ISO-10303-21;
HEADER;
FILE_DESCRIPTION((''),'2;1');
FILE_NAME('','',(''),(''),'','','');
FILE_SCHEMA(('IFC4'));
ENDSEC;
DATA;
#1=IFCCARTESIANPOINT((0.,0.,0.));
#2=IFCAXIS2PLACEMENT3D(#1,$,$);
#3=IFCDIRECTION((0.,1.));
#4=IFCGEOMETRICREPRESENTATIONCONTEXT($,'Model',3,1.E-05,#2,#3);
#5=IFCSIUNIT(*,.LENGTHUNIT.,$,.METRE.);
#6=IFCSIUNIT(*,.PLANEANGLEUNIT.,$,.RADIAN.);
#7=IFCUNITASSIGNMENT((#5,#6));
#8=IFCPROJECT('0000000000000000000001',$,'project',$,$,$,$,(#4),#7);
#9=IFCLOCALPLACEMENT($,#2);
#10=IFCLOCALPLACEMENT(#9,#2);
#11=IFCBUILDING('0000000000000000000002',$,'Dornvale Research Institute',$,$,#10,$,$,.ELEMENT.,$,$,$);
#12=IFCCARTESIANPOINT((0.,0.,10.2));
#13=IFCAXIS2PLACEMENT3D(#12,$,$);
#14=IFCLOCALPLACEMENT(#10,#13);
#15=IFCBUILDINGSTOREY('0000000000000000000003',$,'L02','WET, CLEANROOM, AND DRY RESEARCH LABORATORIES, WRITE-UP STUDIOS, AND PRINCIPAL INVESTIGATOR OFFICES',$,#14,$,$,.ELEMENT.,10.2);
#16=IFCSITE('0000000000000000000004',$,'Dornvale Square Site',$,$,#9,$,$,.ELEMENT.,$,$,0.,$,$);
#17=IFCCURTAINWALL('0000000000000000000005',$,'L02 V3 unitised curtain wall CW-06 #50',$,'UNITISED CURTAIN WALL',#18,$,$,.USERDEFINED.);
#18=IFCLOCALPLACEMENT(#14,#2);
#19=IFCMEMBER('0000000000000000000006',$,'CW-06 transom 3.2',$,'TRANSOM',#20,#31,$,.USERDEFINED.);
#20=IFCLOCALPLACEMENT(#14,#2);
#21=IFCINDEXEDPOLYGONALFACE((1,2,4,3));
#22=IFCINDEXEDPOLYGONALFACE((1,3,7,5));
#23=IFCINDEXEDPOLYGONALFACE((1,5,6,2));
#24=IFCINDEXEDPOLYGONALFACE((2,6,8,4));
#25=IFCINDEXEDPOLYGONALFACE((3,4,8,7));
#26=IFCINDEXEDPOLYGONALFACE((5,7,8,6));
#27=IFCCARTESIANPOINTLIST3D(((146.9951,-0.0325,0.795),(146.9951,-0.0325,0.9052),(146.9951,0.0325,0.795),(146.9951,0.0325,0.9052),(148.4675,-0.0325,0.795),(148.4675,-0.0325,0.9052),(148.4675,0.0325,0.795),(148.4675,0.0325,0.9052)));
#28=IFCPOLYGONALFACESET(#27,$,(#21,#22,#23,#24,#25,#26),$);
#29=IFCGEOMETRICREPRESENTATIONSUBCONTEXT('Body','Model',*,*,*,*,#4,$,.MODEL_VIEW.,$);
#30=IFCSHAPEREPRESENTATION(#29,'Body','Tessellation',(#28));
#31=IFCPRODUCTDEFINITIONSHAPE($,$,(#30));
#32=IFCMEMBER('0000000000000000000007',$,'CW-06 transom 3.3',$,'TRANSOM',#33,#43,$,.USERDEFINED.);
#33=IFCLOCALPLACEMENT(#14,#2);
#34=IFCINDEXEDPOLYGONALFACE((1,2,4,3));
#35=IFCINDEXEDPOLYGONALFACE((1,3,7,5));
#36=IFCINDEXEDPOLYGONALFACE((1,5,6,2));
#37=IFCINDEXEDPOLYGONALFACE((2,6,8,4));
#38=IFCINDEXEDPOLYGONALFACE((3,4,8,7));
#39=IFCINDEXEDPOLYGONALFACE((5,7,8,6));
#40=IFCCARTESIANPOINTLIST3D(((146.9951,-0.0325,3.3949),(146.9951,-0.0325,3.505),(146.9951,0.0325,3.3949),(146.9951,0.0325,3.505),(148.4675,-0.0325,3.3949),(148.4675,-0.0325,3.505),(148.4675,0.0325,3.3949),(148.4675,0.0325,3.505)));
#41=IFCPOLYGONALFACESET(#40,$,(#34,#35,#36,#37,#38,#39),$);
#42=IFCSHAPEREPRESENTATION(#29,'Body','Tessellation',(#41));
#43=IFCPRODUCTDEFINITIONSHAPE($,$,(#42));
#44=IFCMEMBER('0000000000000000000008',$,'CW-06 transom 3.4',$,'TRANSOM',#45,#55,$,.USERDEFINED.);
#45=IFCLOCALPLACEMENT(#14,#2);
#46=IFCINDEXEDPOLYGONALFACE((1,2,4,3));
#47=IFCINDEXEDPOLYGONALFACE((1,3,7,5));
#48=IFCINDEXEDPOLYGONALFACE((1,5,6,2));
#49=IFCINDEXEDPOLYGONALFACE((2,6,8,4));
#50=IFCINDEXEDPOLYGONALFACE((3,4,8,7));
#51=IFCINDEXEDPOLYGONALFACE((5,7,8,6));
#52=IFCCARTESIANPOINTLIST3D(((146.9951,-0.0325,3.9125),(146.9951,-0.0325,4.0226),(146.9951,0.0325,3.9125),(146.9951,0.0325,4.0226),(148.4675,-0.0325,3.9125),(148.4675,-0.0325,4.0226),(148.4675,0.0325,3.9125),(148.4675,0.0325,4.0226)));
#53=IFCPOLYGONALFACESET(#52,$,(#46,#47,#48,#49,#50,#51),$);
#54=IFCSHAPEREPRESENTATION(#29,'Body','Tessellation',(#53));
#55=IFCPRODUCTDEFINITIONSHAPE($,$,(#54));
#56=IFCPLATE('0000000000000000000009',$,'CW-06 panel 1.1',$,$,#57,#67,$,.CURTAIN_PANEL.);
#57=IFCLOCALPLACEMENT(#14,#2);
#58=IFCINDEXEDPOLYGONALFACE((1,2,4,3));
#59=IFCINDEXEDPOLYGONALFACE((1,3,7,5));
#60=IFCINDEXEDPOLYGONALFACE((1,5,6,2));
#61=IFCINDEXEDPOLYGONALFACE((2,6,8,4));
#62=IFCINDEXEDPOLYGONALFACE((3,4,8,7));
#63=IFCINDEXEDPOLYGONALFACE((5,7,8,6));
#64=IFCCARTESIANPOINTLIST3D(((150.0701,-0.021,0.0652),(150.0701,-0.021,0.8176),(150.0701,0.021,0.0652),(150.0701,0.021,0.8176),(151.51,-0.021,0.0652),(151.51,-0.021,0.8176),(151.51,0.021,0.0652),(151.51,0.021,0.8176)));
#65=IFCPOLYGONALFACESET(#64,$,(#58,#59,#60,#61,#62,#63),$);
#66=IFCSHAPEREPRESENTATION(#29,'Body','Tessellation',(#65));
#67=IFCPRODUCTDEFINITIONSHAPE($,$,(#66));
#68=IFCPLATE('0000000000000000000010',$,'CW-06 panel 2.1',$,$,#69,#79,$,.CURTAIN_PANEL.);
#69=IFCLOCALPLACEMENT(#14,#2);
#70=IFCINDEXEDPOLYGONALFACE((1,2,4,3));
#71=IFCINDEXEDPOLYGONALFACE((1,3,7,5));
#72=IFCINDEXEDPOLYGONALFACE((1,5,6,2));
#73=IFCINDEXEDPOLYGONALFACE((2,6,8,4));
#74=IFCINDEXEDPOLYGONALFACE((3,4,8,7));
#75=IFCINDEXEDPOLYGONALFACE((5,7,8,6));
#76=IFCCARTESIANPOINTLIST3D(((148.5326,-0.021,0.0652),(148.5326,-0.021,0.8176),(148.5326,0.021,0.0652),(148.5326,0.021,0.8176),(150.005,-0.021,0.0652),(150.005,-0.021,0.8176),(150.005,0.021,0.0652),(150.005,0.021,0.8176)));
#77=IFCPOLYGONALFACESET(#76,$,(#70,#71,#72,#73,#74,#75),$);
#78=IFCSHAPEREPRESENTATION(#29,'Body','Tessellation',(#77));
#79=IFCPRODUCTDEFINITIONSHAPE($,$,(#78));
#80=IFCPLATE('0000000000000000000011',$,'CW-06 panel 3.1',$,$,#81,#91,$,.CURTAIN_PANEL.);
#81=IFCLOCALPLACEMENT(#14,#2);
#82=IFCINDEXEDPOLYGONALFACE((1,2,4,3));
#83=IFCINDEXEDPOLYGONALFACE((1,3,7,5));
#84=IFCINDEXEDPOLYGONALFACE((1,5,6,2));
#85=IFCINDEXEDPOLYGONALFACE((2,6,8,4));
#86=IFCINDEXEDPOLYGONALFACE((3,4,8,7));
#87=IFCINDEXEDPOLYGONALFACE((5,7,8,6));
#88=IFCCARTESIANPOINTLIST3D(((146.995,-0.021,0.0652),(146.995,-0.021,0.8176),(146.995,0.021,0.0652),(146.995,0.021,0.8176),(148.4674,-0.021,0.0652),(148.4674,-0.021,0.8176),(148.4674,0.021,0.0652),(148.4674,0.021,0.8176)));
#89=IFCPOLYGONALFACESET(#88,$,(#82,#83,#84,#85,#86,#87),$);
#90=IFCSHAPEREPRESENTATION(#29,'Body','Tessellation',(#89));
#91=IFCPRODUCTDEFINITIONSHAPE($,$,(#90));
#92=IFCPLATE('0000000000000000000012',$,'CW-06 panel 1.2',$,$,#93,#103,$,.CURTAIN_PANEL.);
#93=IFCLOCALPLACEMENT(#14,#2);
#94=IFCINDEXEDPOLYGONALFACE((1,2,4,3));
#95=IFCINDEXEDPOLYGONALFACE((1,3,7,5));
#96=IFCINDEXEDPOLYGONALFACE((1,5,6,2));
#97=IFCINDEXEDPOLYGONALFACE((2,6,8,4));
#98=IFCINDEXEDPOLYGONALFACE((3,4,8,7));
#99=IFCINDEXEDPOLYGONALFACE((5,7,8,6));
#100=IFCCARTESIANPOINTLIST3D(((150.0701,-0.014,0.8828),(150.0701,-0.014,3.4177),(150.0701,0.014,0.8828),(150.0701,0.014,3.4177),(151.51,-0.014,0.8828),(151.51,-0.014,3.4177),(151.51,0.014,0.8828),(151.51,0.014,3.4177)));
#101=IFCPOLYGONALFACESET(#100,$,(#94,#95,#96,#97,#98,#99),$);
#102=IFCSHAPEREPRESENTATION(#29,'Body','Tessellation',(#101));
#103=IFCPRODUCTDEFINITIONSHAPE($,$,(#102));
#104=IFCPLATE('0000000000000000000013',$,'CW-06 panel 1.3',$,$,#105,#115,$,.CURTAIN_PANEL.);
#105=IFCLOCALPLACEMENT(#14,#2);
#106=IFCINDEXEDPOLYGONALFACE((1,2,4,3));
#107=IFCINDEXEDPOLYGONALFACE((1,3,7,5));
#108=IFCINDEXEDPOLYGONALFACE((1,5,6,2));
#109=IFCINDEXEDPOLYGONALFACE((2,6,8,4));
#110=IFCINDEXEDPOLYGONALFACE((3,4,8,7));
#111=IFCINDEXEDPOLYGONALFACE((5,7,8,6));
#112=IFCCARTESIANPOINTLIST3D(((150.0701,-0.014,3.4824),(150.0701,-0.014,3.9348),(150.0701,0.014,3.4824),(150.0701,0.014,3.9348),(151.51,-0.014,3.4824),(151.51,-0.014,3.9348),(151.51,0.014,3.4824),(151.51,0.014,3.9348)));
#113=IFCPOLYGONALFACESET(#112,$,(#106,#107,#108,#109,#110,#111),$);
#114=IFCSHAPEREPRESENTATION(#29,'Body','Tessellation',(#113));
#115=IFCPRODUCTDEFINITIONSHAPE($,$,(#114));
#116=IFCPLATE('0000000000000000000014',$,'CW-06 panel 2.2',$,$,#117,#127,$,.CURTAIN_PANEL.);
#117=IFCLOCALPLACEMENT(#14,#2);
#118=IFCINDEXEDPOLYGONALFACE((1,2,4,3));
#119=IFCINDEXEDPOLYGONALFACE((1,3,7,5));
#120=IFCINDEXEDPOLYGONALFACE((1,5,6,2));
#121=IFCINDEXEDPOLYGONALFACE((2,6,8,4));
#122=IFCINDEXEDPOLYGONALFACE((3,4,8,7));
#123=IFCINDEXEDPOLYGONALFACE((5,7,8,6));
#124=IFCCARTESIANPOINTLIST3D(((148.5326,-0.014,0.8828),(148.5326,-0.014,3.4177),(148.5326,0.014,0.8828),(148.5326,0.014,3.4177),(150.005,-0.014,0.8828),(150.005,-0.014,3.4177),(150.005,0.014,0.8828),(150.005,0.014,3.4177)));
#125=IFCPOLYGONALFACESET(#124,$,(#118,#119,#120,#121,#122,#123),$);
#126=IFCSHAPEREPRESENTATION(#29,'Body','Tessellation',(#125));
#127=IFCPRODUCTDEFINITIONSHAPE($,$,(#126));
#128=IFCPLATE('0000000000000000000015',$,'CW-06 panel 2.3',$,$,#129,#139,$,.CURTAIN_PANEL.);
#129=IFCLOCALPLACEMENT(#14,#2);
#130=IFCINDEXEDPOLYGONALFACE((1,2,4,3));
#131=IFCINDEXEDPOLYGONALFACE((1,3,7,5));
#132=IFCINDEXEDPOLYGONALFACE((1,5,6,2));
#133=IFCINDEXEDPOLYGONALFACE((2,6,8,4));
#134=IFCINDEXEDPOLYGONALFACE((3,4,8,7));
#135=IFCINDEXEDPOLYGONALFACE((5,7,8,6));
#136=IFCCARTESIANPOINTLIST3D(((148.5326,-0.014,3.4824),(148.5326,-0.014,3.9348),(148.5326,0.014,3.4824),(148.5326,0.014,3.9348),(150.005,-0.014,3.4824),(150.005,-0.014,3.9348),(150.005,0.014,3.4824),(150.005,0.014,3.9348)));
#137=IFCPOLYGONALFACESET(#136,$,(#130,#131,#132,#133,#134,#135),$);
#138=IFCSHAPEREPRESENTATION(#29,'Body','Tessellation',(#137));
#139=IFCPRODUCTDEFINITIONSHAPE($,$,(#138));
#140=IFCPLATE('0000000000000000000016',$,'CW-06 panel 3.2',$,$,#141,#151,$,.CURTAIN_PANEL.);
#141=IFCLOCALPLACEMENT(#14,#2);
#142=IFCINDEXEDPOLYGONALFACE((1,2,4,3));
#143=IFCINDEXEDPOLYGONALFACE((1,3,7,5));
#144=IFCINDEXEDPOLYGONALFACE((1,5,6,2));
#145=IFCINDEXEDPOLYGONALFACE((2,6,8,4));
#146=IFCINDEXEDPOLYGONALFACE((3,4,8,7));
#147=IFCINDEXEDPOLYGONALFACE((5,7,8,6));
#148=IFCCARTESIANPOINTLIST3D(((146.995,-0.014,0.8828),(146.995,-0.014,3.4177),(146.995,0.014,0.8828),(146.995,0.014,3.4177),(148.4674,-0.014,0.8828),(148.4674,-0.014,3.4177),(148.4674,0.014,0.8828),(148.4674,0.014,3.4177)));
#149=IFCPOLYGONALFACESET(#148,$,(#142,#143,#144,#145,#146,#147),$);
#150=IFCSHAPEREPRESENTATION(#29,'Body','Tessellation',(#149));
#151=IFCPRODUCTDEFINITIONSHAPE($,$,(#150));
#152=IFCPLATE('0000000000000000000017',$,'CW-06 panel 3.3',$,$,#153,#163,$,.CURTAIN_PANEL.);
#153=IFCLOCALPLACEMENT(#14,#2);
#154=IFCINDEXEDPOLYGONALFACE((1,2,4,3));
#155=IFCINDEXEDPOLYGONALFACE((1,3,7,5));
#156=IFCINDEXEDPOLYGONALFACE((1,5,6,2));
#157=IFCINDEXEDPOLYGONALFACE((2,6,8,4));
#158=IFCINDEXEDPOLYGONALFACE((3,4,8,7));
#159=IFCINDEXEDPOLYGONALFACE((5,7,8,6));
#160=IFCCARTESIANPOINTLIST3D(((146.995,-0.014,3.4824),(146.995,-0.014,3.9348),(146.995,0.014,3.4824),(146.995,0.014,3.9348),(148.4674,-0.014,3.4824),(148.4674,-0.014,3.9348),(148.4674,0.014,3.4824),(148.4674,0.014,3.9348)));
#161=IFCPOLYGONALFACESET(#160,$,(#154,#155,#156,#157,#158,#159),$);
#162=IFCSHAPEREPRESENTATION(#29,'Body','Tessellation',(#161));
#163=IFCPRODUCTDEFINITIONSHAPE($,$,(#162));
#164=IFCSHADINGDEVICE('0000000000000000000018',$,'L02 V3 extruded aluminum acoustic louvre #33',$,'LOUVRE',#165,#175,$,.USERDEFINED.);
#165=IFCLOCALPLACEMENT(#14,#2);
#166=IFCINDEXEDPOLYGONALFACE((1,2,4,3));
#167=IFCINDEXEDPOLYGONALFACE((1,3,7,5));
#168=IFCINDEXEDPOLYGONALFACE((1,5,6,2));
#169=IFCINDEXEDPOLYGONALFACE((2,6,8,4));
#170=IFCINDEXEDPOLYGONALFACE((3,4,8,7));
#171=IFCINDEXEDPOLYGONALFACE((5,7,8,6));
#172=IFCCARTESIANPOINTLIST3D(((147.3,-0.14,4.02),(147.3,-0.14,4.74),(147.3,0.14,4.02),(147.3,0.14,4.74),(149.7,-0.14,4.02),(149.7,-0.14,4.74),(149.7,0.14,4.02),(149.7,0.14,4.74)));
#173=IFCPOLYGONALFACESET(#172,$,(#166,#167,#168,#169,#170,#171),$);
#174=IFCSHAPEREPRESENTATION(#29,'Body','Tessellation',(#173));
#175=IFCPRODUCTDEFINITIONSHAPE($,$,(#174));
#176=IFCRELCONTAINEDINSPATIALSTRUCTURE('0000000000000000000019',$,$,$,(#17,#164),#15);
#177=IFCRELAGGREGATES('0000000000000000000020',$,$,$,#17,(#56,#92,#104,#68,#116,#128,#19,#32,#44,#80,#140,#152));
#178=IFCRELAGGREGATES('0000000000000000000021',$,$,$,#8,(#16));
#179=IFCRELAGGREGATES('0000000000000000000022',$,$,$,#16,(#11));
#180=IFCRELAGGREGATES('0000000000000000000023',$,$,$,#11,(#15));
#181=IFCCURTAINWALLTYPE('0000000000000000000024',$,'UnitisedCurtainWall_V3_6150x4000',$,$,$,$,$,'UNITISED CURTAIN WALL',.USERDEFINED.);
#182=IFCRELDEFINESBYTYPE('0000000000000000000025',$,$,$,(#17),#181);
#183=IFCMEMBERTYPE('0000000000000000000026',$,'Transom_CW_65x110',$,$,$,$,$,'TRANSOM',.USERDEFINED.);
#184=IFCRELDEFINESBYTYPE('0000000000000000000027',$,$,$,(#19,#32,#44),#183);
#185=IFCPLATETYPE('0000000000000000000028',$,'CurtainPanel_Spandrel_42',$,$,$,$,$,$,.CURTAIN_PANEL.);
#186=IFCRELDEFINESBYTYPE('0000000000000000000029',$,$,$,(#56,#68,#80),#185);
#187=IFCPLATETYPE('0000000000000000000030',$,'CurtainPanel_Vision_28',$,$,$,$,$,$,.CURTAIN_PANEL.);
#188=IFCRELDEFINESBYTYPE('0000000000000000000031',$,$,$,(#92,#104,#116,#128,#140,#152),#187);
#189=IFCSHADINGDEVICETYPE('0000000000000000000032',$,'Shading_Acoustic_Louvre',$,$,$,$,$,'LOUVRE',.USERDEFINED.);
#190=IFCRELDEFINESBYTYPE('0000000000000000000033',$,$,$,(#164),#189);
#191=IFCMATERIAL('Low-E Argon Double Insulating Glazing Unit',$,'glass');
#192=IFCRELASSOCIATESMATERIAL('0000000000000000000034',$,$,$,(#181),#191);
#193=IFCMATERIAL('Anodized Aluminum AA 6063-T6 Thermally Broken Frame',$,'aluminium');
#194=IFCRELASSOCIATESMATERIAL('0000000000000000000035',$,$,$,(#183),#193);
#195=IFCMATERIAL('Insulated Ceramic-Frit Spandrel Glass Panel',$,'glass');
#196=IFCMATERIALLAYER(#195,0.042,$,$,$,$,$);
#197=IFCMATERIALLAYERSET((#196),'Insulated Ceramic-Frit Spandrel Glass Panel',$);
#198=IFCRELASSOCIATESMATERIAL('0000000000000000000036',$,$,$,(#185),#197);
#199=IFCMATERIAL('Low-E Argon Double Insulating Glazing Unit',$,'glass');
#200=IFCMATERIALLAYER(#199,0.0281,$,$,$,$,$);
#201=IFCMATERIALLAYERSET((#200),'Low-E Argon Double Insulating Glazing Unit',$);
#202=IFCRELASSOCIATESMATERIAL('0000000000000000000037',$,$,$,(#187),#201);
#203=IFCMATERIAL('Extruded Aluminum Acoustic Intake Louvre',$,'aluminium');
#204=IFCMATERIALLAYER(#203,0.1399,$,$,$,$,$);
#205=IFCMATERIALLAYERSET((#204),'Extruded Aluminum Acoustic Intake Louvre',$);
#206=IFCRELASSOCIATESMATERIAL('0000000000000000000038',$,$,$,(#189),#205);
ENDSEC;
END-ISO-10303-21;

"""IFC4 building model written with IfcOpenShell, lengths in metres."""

from ifc_helpers import new_model, si_unit, direction, frame, origin, origin_2d, place, context, subcontext, project, spatial, rectangle, extrude, material, layer, layer_set, material_profile, profile_set, type_object, element, aggregate, save


model = new_model("IFC4")

# Units and contexts
model_context = context("Model", 3, precision=1e-05, world=origin(), true_north=direction((0.0, 1.0)))
body_context = subcontext(model_context, "Body", "Model", "MODEL_VIEW")
ifc_project = project(units=[si_unit("LENGTHUNIT", "METRE"), si_unit("PLANEANGLEUNIT", "RADIAN")], contexts=[model_context])

# Site, building, storey
site_placement = place(None, origin())
site = spatial("IfcSite", under=ifc_project, at=site_placement, Name="Dornvale Square Site", CompositionType="ELEMENT", RefElevation=0.0)
building_placement = place(site_placement, origin())
building = spatial("IfcBuilding", under=site, at=building_placement, Name="Dornvale Research Institute", CompositionType="ELEMENT")
storey_placement = place(building_placement, frame((0.0, 0.0, 10.2)))
storey = spatial("IfcBuildingStorey", under=building, at=storey_placement, Name="L02", Description="WET, CLEANROOM, AND DRY RESEARCH LABORATORIES, WRITE-UP STUDIOS, AND PRINCIPAL INVESTIGATOR OFFICES", CompositionType="ELEMENT", Elevation=10.2)

# Curtain wall, members, plates
ifc_material_1 = material(Name="Low-E Argon Double Insulating Glazing Unit", Category="glass")
curtain_wall_type = type_object("IfcCurtainWallType", Name="UnitisedCurtainWall_V3_6150x4000", ElementType="UNITISED CURTAIN WALL", PredefinedType="USERDEFINED", material=ifc_material_1)
curtain_wall_placement = place(storey_placement, origin())
curtain_wall = element("IfcCurtainWall", 1, at=curtain_wall_placement, inside=storey, type_object=curtain_wall_type, Name="L02 V3 unitised curtain wall CW-06 #50", ObjectType="UNITISED CURTAIN WALL", PredefinedType="USERDEFINED")
ifc_material_2 = material(Name="Anodized Aluminum AA 6063-T6 Thermally Broken Frame", Category="aluminium")
ifc_material_profile_1 = material_profile(ifc_material_2, rectangle(XDim=0.0649, YDim=0.1101, at=origin_2d()), Name="ALU TRANSOM 65x110")
ifc_profile_set_1 = profile_set([ifc_material_profile_1], Name="Anodized Aluminum AA 6063-T6 Thermally Broken Frame")
member_type_1 = type_object("IfcMemberType", Name="Transom_CW_65x110", ElementType="TRANSOM", PredefinedType="USERDEFINED", material=ifc_profile_set_1)
member_1_placement = place(storey_placement, frame((148.4675, 0.0, 0.8501), z_axis=(-1.0, 0.0, 0.0), x_axis=(0.0, -1.0, 0.0)))
member_1 = element("IfcMember", 2, at=member_1_placement, type_object=member_type_1, Name="CW-06 transom 3.2", ObjectType="TRANSOM", PredefinedType="USERDEFINED", context=body_context, shape_type="SweptSolid", body=[
    extrude(rectangle(XDim=0.0649, YDim=0.1101, at=origin_2d()), origin(), (0.0, 0.0, 1.0), 1.4724),
])
member_2_placement = place(storey_placement, frame((148.4675, 0.0, 3.45), z_axis=(-1.0, 0.0, 0.0), x_axis=(0.0, -1.0, 0.0)))
member_2 = element("IfcMember", 3, at=member_2_placement, type_object=member_type_1, Name="CW-06 transom 3.3", ObjectType="TRANSOM", PredefinedType="USERDEFINED", context=body_context, shape_type="SweptSolid", body=[
    extrude(rectangle(XDim=0.0649, YDim=0.1101, at=origin_2d()), origin(), (0.0, 0.0, 1.0), 1.4724),
])
member_3_placement = place(storey_placement, frame((148.4675, 0.0, 3.9675), z_axis=(-1.0, 0.0, 0.0), x_axis=(0.0, -1.0, 0.0)))
member_3 = element("IfcMember", 4, at=member_3_placement, type_object=member_type_1, Name="CW-06 transom 3.4", ObjectType="TRANSOM", PredefinedType="USERDEFINED", context=body_context, shape_type="SweptSolid", body=[
    extrude(rectangle(XDim=0.0649, YDim=0.1101, at=origin_2d()), origin(), (0.0, 0.0, 1.0), 1.4724),
])
ifc_material_3 = material(Name="Insulated Ceramic-Frit Spandrel Glass Panel", Category="glass")
ifc_layer_1 = layer(ifc_material_3, 0.042)
ifc_layer_set_1 = layer_set([ifc_layer_1], Name="Insulated Ceramic-Frit Spandrel Glass Panel")
plate_type_1 = type_object("IfcPlateType", Name="CurtainPanel_Spandrel_42", PredefinedType="CURTAIN_PANEL", material=ifc_layer_set_1)
plate_1_placement = place(storey_placement, frame((150.79, 0.0, 0.0652), z_axis=(0.0, 0.0, 1.0), x_axis=(-1.0, 0.0, 0.0)))
plate_1 = element("IfcPlate", 5, at=plate_1_placement, type_object=plate_type_1, Name="CW-06 panel 1.1", PredefinedType="CURTAIN_PANEL", context=body_context, shape_type="SweptSolid", body=[
    extrude(rectangle(XDim=1.4399, YDim=0.042, at=origin_2d()), origin(), (0.0, 0.0, 1.0), 0.7524),
])
plate_2_placement = place(storey_placement, frame((149.2688, 0.0, 0.0652), z_axis=(0.0, 0.0, 1.0), x_axis=(-1.0, 0.0, 0.0)))
plate_2 = element("IfcPlate", 6, at=plate_2_placement, type_object=plate_type_1, Name="CW-06 panel 2.1", PredefinedType="CURTAIN_PANEL", context=body_context, shape_type="SweptSolid", body=[
    extrude(rectangle(XDim=1.4724, YDim=0.042, at=origin_2d()), origin(), (0.0, 0.0, 1.0), 0.7524),
])
plate_3_placement = place(storey_placement, frame((147.7312, 0.0, 0.0652), z_axis=(0.0, 0.0, 1.0), x_axis=(-1.0, 0.0, 0.0)))
plate_3 = element("IfcPlate", 7, at=plate_3_placement, type_object=plate_type_1, Name="CW-06 panel 3.1", PredefinedType="CURTAIN_PANEL", context=body_context, shape_type="SweptSolid", body=[
    extrude(rectangle(XDim=1.4724, YDim=0.042, at=origin_2d()), origin(), (0.0, 0.0, 1.0), 0.7524),
])
ifc_material_4 = material(Name="Low-E Argon Double Insulating Glazing Unit", Category="glass")
ifc_layer_2 = layer(ifc_material_4, 0.0281)
ifc_layer_set_2 = layer_set([ifc_layer_2], Name="Low-E Argon Double Insulating Glazing Unit")
plate_type_2 = type_object("IfcPlateType", Name="CurtainPanel_Vision_28", PredefinedType="CURTAIN_PANEL", material=ifc_layer_set_2)
plate_4_placement = place(storey_placement, frame((150.79, 0.0, 0.8828), z_axis=(0.0, 0.0, 1.0), x_axis=(-1.0, 0.0, 0.0)))
plate_4 = element("IfcPlate", 8, at=plate_4_placement, type_object=plate_type_2, Name="CW-06 panel 1.2", PredefinedType="CURTAIN_PANEL", context=body_context, shape_type="SweptSolid", body=[
    extrude(rectangle(XDim=1.4399, YDim=0.0281, at=origin_2d()), origin(), (0.0, 0.0, 1.0), 2.5349),
])
plate_5_placement = place(storey_placement, frame((150.79, 0.0, 3.4824), z_axis=(0.0, 0.0, 1.0), x_axis=(-1.0, 0.0, 0.0)))
plate_5 = element("IfcPlate", 9, at=plate_5_placement, type_object=plate_type_2, Name="CW-06 panel 1.3", PredefinedType="CURTAIN_PANEL", context=body_context, shape_type="SweptSolid", body=[
    extrude(rectangle(XDim=1.4399, YDim=0.0281, at=origin_2d()), origin(), (0.0, 0.0, 1.0), 0.4524),
])
plate_6_placement = place(storey_placement, frame((149.2688, 0.0, 0.8828), z_axis=(0.0, 0.0, 1.0), x_axis=(-1.0, 0.0, 0.0)))
plate_6 = element("IfcPlate", 10, at=plate_6_placement, type_object=plate_type_2, Name="CW-06 panel 2.2", PredefinedType="CURTAIN_PANEL", context=body_context, shape_type="SweptSolid", body=[
    extrude(rectangle(XDim=1.4724, YDim=0.0281, at=origin_2d()), origin(), (0.0, 0.0, 1.0), 2.5349),
])
plate_7_placement = place(storey_placement, frame((149.2688, 0.0, 3.4824), z_axis=(0.0, 0.0, 1.0), x_axis=(-1.0, 0.0, 0.0)))
plate_7 = element("IfcPlate", 11, at=plate_7_placement, type_object=plate_type_2, Name="CW-06 panel 2.3", PredefinedType="CURTAIN_PANEL", context=body_context, shape_type="SweptSolid", body=[
    extrude(rectangle(XDim=1.4724, YDim=0.0281, at=origin_2d()), origin(), (0.0, 0.0, 1.0), 0.4524),
])
plate_8_placement = place(storey_placement, frame((147.7312, 0.0, 0.8828), z_axis=(0.0, 0.0, 1.0), x_axis=(-1.0, 0.0, 0.0)))
plate_8 = element("IfcPlate", 12, at=plate_8_placement, type_object=plate_type_2, Name="CW-06 panel 3.2", PredefinedType="CURTAIN_PANEL", context=body_context, shape_type="SweptSolid", body=[
    extrude(rectangle(XDim=1.4724, YDim=0.0281, at=origin_2d()), origin(), (0.0, 0.0, 1.0), 2.5349),
])
plate_9_placement = place(storey_placement, frame((147.7312, 0.0, 3.4824), z_axis=(0.0, 0.0, 1.0), x_axis=(-1.0, 0.0, 0.0)))
plate_9 = element("IfcPlate", 13, at=plate_9_placement, type_object=plate_type_2, Name="CW-06 panel 3.3", PredefinedType="CURTAIN_PANEL", context=body_context, shape_type="SweptSolid", body=[
    extrude(rectangle(XDim=1.4724, YDim=0.0281, at=origin_2d()), origin(), (0.0, 0.0, 1.0), 0.4524),
])
aggregate(curtain_wall, [plate_1, plate_4, plate_5, plate_2, plate_6, plate_7, member_1, member_2, member_3, plate_3, plate_8, plate_9])

# Shading device
ifc_material_5 = material(Name="Extruded Aluminum Acoustic Intake Louvre", Category="aluminium")
ifc_layer_3 = layer(ifc_material_5, 0.1399)
ifc_layer_set_3 = layer_set([ifc_layer_3], Name="Extruded Aluminum Acoustic Intake Louvre")
shading_device_type = type_object("IfcShadingDeviceType", Name="Shading_Acoustic_Louvre", ElementType="LOUVRE", PredefinedType="USERDEFINED", material=ifc_layer_set_3)
shading_device_placement = place(storey_placement, frame((148.5, 0.0, 4.02), z_axis=(0.0, 0.0, 1.0), x_axis=(1.0, 0.0, 0.0)))
element("IfcShadingDevice", 14, at=shading_device_placement, inside=storey, type_object=shading_device_type, Name="L02 V3 extruded aluminum acoustic louvre #33", ObjectType="LOUVRE", PredefinedType="USERDEFINED", context=body_context, shape_type="SweptSolid", body=[
    extrude(rectangle(XDim=2.3999, YDim=0.28, at=origin_2d()), origin(), (0.0, 0.0, 1.0), 0.72),
])

save(model, "model.ifc")
